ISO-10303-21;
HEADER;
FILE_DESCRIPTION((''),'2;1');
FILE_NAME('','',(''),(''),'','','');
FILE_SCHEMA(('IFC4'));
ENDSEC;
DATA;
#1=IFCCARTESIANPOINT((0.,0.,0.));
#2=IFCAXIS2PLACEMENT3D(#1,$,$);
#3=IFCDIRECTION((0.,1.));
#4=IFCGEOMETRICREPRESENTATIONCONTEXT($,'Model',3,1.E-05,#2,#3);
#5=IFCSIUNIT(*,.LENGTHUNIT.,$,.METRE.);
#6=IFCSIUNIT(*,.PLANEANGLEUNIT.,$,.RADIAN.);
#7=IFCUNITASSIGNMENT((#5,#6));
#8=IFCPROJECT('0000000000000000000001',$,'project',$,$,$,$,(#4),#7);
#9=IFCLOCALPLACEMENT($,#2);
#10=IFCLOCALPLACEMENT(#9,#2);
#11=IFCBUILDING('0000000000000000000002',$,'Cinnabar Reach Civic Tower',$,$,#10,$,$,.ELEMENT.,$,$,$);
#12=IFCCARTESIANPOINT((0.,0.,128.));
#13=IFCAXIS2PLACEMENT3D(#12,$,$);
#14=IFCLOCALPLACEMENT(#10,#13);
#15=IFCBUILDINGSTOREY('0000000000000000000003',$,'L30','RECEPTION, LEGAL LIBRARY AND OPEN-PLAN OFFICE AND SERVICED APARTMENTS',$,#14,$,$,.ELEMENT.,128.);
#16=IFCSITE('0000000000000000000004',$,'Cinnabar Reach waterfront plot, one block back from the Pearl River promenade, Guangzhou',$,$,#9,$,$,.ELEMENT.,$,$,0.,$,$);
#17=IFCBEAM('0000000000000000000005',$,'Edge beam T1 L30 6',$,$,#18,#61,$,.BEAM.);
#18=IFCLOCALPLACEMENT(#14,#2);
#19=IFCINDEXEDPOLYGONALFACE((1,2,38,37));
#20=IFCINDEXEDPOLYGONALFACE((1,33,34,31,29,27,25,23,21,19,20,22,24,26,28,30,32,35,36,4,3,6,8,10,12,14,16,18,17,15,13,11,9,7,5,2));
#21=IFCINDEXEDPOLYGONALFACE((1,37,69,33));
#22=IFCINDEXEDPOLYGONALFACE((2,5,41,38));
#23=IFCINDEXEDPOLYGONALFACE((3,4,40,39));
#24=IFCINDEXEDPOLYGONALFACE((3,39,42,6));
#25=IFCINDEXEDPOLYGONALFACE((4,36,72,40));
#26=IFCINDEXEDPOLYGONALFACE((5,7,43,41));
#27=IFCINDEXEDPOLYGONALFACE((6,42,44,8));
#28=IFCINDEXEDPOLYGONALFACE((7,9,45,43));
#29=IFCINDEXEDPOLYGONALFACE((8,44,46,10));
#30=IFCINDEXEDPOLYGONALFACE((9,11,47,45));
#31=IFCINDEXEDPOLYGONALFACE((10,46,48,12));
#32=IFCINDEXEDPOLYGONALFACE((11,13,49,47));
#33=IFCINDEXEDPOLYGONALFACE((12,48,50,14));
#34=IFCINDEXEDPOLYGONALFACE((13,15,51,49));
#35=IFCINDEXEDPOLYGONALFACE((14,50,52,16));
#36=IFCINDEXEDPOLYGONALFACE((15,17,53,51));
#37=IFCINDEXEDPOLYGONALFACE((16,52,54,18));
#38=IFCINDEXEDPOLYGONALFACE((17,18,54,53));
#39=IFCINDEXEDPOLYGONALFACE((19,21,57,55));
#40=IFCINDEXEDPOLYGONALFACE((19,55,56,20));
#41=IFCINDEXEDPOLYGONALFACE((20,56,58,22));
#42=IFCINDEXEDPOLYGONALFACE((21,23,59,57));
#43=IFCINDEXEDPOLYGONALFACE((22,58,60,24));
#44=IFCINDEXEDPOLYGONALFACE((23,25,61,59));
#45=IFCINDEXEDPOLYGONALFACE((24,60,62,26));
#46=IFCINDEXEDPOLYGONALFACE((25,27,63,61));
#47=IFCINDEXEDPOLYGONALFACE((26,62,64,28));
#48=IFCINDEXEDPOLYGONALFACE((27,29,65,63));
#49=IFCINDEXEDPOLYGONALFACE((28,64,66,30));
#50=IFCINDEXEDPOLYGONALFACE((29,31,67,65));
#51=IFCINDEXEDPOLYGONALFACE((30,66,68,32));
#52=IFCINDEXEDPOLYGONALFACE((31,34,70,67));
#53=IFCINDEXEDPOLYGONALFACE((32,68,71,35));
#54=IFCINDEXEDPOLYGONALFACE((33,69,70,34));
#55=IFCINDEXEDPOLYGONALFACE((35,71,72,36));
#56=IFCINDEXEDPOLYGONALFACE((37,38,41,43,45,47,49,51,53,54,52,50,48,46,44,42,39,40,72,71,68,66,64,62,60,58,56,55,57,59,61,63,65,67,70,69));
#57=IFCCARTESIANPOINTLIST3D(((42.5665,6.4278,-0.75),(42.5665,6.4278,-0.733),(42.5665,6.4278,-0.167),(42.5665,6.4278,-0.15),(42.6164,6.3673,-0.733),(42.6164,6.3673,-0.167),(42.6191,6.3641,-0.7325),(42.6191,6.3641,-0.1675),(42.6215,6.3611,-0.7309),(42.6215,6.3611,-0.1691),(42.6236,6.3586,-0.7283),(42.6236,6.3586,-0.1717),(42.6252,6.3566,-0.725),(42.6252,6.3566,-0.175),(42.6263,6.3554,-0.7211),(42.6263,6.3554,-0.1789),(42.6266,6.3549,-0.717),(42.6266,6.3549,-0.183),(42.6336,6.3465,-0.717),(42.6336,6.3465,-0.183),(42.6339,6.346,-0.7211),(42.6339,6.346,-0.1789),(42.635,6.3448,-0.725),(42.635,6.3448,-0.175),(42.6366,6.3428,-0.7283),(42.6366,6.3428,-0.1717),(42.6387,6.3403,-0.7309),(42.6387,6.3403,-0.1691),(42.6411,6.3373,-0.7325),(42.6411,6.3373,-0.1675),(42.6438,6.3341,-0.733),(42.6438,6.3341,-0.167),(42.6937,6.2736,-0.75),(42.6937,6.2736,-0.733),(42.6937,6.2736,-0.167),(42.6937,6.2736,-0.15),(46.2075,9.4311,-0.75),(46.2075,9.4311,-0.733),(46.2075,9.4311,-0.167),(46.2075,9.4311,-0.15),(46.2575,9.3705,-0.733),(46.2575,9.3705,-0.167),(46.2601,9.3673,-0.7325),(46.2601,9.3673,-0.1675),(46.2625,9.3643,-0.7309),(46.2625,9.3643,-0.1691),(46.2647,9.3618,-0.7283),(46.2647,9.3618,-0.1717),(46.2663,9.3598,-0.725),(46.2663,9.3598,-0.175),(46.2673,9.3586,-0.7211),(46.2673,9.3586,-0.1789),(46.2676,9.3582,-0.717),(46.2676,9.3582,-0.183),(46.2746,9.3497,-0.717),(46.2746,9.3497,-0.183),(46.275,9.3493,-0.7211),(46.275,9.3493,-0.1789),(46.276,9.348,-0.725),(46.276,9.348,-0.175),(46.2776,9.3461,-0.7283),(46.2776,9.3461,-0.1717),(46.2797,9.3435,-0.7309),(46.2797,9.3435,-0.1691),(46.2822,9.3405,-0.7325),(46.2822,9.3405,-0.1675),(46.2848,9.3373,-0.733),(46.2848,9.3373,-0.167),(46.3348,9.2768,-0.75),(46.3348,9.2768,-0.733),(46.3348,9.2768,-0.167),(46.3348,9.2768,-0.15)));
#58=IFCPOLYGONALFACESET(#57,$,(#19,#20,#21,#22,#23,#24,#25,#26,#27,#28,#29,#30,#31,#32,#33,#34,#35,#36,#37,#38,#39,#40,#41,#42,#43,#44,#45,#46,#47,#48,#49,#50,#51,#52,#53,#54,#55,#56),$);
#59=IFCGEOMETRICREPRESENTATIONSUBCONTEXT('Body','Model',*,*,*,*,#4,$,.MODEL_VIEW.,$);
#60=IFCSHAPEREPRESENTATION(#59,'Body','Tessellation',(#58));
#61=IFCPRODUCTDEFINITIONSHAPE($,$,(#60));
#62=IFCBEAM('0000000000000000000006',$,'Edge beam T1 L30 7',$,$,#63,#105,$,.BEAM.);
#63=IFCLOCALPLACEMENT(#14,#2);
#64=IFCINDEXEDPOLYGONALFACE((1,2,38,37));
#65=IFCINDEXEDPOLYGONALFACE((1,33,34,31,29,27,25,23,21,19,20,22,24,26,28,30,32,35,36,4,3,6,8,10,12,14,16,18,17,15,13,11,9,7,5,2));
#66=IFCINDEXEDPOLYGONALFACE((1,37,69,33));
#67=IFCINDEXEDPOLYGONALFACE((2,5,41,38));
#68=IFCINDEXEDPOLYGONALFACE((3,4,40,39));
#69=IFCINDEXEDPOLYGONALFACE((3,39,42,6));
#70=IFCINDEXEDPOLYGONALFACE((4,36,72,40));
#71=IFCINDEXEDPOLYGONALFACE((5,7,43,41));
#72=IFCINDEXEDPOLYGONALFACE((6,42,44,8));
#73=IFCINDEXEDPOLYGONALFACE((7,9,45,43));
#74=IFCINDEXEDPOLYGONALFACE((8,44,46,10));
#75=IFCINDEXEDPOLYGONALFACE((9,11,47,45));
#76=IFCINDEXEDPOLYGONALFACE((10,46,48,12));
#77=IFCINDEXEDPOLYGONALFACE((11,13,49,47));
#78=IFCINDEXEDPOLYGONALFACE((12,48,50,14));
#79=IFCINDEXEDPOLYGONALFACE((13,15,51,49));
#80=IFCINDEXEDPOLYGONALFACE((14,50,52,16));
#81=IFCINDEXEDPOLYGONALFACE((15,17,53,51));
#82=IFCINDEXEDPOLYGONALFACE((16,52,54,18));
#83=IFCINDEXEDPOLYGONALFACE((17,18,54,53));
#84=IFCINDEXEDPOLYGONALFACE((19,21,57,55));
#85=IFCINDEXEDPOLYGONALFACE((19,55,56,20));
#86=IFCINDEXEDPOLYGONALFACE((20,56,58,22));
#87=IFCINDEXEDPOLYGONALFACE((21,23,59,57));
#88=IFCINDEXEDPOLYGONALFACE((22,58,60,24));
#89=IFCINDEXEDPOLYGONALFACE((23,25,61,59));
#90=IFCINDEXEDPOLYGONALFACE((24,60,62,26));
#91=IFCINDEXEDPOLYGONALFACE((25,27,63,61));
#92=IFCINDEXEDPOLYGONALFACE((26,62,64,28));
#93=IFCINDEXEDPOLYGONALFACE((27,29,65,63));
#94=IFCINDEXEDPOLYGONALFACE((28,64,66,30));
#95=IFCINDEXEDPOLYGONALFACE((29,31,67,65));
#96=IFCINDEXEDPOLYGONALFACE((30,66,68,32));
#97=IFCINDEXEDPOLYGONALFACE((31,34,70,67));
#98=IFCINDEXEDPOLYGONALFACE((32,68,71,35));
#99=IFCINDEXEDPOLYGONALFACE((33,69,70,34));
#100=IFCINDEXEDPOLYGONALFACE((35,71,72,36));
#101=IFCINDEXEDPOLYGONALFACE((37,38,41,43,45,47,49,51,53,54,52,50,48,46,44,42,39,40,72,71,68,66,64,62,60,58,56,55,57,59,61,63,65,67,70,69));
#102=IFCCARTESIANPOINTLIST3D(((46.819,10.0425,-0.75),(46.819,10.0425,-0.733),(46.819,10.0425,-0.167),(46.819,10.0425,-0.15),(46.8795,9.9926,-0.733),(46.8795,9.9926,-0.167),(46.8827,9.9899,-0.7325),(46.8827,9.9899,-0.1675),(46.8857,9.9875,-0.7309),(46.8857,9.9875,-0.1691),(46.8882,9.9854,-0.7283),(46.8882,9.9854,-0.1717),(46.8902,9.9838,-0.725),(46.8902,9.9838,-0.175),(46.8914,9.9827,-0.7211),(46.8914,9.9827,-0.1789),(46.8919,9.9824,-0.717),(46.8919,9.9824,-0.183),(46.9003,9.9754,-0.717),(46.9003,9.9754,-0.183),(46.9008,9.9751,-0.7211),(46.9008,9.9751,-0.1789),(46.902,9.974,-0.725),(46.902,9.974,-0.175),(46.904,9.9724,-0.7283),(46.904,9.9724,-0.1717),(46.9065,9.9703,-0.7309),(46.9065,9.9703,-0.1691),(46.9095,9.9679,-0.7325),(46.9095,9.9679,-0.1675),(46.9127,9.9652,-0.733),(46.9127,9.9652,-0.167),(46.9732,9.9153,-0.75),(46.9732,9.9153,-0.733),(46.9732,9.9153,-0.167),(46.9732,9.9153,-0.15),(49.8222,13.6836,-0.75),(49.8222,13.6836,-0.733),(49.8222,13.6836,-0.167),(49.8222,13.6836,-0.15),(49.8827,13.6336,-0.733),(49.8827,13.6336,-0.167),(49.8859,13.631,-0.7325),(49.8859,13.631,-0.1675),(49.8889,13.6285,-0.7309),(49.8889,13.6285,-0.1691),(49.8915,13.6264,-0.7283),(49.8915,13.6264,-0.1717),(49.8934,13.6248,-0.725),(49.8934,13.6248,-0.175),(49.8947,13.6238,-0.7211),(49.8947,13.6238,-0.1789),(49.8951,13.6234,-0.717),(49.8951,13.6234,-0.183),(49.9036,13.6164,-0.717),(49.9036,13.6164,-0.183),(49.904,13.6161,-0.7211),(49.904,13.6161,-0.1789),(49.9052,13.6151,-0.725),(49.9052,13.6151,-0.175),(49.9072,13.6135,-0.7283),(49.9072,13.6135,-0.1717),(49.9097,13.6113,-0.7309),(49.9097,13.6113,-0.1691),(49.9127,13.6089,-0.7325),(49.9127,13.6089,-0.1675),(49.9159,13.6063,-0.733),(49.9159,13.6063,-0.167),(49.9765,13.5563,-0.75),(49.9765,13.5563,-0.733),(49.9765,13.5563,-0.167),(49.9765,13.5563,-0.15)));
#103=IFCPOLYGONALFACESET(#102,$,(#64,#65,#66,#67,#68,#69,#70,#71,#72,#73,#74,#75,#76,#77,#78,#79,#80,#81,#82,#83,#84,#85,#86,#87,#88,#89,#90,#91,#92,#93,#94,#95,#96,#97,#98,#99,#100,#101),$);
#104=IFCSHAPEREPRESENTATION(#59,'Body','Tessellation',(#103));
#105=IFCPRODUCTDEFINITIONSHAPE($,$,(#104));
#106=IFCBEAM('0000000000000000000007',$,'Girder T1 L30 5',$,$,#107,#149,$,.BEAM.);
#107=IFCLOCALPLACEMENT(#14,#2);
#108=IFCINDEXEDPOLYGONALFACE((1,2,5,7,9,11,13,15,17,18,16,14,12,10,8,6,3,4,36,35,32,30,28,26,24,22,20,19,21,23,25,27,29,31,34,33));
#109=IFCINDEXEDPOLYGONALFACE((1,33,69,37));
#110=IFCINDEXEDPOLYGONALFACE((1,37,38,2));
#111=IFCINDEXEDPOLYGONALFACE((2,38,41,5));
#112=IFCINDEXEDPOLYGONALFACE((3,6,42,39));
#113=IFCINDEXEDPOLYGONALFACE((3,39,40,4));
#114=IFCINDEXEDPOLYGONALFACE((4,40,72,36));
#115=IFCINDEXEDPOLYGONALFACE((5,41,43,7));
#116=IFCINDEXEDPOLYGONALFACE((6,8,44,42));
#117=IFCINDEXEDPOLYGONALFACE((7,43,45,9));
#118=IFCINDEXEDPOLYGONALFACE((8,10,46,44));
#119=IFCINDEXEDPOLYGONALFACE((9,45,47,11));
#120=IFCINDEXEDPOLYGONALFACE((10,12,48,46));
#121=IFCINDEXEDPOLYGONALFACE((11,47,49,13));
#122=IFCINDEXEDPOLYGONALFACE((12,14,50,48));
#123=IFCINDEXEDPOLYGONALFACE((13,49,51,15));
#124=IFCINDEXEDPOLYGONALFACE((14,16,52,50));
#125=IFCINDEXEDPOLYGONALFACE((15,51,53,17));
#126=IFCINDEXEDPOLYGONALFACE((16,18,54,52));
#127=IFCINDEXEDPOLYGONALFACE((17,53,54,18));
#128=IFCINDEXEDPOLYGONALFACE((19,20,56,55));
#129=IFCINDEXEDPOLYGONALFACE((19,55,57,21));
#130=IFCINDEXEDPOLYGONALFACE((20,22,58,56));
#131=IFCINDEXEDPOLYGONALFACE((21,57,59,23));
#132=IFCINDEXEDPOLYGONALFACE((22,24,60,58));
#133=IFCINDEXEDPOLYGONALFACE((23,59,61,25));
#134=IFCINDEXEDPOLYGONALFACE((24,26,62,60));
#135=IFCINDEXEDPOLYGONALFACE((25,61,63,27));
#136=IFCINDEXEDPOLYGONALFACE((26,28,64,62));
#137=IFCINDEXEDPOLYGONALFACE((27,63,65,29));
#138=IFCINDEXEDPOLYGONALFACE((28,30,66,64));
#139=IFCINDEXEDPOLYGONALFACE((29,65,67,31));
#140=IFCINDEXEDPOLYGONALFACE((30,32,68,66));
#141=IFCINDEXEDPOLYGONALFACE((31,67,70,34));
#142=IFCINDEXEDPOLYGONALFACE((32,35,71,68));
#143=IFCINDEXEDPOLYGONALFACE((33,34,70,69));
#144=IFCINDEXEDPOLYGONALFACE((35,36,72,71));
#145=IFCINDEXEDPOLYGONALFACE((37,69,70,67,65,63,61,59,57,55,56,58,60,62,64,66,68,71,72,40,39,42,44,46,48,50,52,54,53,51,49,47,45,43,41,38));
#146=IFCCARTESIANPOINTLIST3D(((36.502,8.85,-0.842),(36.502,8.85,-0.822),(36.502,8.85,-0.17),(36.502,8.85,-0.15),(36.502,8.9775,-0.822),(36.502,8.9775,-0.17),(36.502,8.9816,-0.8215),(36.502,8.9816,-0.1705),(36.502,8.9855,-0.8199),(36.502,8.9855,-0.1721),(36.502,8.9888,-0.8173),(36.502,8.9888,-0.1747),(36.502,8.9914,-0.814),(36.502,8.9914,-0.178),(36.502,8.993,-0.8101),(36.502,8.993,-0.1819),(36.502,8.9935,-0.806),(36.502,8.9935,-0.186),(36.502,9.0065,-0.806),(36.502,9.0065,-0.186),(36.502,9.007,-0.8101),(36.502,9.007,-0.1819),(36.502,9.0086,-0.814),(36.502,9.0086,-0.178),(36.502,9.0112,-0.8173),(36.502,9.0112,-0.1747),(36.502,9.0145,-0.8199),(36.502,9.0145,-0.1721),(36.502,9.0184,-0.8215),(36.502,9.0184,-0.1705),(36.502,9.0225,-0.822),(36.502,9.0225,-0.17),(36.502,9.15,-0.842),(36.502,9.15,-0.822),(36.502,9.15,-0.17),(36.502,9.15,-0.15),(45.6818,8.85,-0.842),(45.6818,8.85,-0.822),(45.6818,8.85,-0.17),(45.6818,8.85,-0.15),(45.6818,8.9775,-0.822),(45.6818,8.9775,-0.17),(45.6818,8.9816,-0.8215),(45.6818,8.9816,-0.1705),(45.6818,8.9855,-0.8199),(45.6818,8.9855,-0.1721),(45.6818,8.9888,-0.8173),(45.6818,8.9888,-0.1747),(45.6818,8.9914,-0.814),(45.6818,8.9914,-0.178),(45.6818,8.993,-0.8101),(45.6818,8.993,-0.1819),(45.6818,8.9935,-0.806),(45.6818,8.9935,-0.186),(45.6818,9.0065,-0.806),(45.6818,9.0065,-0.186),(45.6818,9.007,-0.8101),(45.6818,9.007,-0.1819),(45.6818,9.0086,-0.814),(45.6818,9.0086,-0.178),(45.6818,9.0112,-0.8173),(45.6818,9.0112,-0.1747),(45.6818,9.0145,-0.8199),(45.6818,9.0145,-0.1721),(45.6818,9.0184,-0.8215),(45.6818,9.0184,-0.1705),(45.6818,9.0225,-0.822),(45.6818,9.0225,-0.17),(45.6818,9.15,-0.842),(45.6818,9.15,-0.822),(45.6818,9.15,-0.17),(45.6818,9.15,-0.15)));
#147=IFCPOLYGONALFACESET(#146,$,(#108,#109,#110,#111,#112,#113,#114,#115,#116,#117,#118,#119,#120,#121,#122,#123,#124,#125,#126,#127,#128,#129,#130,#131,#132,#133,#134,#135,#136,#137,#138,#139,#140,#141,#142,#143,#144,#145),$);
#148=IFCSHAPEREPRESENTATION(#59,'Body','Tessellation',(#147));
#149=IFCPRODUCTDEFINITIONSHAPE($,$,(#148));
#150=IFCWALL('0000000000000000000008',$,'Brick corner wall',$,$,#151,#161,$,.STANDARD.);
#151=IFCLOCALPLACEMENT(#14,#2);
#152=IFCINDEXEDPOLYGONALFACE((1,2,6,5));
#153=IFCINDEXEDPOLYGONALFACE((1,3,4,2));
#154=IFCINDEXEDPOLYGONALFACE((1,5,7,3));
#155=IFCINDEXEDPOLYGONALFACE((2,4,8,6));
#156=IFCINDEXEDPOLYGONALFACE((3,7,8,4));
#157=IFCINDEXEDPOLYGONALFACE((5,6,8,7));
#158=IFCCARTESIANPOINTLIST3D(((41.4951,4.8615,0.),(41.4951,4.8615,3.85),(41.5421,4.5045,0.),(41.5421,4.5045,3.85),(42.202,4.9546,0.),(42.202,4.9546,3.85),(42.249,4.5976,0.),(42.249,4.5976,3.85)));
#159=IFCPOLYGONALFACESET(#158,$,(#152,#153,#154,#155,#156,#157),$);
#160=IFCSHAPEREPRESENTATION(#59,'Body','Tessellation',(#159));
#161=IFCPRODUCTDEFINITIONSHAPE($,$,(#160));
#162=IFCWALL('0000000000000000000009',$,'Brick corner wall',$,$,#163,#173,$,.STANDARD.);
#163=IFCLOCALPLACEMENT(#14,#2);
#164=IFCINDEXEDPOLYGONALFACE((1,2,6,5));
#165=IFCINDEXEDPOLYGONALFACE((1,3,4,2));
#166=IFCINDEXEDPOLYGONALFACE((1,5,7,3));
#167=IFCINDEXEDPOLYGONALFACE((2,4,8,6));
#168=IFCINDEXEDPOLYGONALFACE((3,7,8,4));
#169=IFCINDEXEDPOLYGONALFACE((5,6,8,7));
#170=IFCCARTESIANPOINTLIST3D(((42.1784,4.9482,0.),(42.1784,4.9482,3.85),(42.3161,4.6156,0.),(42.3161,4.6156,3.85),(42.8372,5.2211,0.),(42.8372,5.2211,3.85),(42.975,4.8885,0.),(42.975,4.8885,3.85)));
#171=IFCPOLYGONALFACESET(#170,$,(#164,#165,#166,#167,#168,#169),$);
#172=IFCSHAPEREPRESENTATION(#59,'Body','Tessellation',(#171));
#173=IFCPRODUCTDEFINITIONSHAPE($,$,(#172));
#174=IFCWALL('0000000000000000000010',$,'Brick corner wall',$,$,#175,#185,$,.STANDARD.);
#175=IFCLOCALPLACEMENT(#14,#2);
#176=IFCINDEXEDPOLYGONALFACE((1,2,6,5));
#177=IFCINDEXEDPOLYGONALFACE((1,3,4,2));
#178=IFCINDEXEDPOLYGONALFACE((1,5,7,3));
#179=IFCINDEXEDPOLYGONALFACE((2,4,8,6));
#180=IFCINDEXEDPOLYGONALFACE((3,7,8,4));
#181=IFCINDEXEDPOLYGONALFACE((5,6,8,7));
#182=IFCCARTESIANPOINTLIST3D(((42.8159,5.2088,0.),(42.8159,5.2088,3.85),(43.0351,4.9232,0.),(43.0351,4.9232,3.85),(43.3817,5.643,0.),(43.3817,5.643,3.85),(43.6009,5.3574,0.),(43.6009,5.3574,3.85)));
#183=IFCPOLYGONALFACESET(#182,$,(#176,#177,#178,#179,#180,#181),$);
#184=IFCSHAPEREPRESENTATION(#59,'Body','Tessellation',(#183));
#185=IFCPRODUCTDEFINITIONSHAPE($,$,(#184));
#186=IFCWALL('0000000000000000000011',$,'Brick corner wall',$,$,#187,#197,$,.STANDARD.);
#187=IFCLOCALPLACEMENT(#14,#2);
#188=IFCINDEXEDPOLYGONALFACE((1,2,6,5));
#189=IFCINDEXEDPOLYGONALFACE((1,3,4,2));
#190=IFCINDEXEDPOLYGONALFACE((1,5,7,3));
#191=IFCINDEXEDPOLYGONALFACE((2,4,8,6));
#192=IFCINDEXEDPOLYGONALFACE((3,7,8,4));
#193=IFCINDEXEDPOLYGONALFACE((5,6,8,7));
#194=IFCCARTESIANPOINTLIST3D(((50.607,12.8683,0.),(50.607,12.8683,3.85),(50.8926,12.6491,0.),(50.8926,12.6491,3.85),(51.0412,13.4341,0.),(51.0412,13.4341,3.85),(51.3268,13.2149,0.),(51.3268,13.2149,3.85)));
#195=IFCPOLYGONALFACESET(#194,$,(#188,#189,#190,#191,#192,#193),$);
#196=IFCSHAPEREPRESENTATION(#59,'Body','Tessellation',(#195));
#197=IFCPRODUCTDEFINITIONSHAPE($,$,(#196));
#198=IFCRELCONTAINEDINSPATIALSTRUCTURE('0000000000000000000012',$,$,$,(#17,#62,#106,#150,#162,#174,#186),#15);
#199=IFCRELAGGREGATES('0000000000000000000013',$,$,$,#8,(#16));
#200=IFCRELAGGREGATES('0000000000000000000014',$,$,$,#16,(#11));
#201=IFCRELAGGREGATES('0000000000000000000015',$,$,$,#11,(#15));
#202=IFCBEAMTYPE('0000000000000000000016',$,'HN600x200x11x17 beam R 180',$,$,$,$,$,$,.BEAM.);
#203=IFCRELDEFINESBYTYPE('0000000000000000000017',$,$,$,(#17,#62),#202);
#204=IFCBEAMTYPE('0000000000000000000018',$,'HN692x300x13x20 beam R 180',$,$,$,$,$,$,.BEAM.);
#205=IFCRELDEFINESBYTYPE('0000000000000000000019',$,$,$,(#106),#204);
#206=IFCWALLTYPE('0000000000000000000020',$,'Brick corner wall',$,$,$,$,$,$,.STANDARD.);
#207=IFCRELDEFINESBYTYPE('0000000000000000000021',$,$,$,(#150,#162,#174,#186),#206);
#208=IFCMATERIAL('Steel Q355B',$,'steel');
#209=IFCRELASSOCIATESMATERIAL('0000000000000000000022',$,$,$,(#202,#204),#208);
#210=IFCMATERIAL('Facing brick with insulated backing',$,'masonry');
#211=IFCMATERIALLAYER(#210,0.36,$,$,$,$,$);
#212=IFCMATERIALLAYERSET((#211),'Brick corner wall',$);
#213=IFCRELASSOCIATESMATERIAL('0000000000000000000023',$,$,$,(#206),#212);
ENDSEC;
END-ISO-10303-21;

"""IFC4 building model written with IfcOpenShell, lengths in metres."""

from ifc_helpers import new_model, si_unit, direction, frame, frame_2d, origin, origin_2d, place, context, subcontext, project, spatial, rectangle, i_section, extrude, material, layer, layer_set, material_profile, profile_set, type_object, element, save


model = new_model("IFC4")

# Units and contexts
model_context = context("Model", 3, precision=1e-05, world=origin(), true_north=direction((0.0, 1.0)))
body_context = subcontext(model_context, "Body", "Model", "MODEL_VIEW")
ifc_project = project(units=[si_unit("LENGTHUNIT", "METRE"), si_unit("PLANEANGLEUNIT", "RADIAN")], contexts=[model_context])

# Site, building, storey
site_placement = place(None, origin())
site = spatial("IfcSite", under=ifc_project, at=site_placement, Name="Cinnabar Reach waterfront plot, one block back from the Pearl River promenade, Guangzhou", CompositionType="ELEMENT", RefElevation=0.0)
building_placement = place(site_placement, origin())
building = spatial("IfcBuilding", under=site, at=building_placement, Name="Cinnabar Reach Civic Tower", CompositionType="ELEMENT")
storey_placement = place(building_placement, frame((0.0, 0.0, 128.0)))
storey = spatial("IfcBuildingStorey", under=building, at=storey_placement, Name="L30", Description="RECEPTION, LEGAL LIBRARY AND OPEN-PLAN OFFICE AND SERVICED APARTMENTS", CompositionType="ELEMENT", Elevation=128.0)

# Beams
ifc_material_1 = material(Name="Steel Q355B", Category="steel")
ifc_material_profile_1 = material_profile(ifc_material_1, i_section(OverallWidth=0.2, OverallDepth=0.6, WebThickness=0.011, FlangeThickness=0.017, FilletRadius=0.016, at=origin_2d()), Name="HN600x200x11x17")
ifc_profile_set_1 = profile_set([ifc_material_profile_1], Name="Steel Q355B")
beam_type_1 = type_object("IfcBeamType", Name="HN600x200x11x17 beam R 180", PredefinedType="BEAM", material=ifc_profile_set_1)
for number, where, z_axis, x_axis, name in (
    (1, (42.6301, 6.3507, -0.45), (0.771438, 0.636304, 0.0), (-0.636304, 0.771438, 0.0), "Edge beam T1 L30 6"),
    (2, (46.8961, 9.9789, -0.45), (0.636304, 0.771438, 0.0), (-0.771438, 0.636304, 0.0), "Edge beam T1 L30 7"),
):
    element("IfcBeam", number, at=place(storey_placement, frame(where, z_axis=z_axis, x_axis=x_axis)), inside=storey, type_object=beam_type_1, Name=name, PredefinedType="BEAM", context=body_context, shape_type="SweptSolid", body=[
        extrude(i_section(OverallWidth=0.2, OverallDepth=0.6, WebThickness=0.011, FlangeThickness=0.017, FilletRadius=0.016, at=origin_2d()), origin(), (0.0, 0.0, 1.0), 4.7198),
    ])
ifc_material_profile_2 = material_profile(ifc_material_1, i_section(OverallWidth=0.3, OverallDepth=0.692, WebThickness=0.013, FlangeThickness=0.02, FilletRadius=0.016, at=origin_2d()), Name="HN692x300x13x20")
ifc_profile_set_2 = profile_set([ifc_material_profile_2], Name="Steel Q355B")
beam_type_2 = type_object("IfcBeamType", Name="HN692x300x13x20 beam R 180", PredefinedType="BEAM", material=ifc_profile_set_2)
beam_1_placement = place(storey_placement, frame((36.502, 9.0, -0.496), z_axis=(1.0, 0.0, 0.0), x_axis=(0.0, 1.0, 0.0)))
element("IfcBeam", 3, at=beam_1_placement, inside=storey, type_object=beam_type_2, Name="Girder T1 L30 5", PredefinedType="BEAM", context=body_context, shape_type="SweptSolid", body=[
    extrude(i_section(OverallWidth=0.3, OverallDepth=0.692, WebThickness=0.013, FlangeThickness=0.02, FilletRadius=0.016, at=origin_2d()), origin(), (0.0, 0.0, 1.0), 9.1798),
])

# Walls
ifc_material_2 = material(Name="Facing brick with insulated backing", Category="masonry")
ifc_layer_1 = layer(ifc_material_2, 0.36)
ifc_layer_set_1 = layer_set([ifc_layer_1], Name="Brick corner wall")
wall_type_1 = type_object("IfcWallType", Name="Brick corner wall", PredefinedType="STANDARD", material=ifc_layer_set_1)
for number, where, z_axis, x_axis, name in (
    (4, (41.5186, 4.683, 0.0), (0.0, 0.0, 1.0), (0.991441, 0.130556, 0.0), "Brick corner wall"),
    (5, (42.2473, 4.7819, 0.0), (0.0, 0.0, 1.0), (0.923872, 0.382703, 0.0), "Brick corner wall"),
):
    element("IfcWall", number, at=place(storey_placement, frame(where, z_axis=z_axis, x_axis=x_axis)), inside=storey, type_object=wall_type_1, Name=name, PredefinedType="STANDARD", context=body_context, shape_type="SweptSolid", body=[
        extrude(rectangle(XDim=0.7131, YDim=0.36, at=frame_2d((0.3565, 0.0))), origin(), (0.0, 0.0, 1.0), 3.85),
    ])
for number, where, z_axis, x_axis, name in (
    (6, (42.9255, 5.066, 0.0), (0.0, 0.0, 1.0), (0.793322, 0.608802, 0.0), "Brick corner wall"),
    (7, (50.7498, 12.7587, 0.0), (0.0, 0.0, 1.0), (0.608802, 0.793322, 0.0), "Brick corner wall"),
):
    element("IfcWall", number, at=place(storey_placement, frame(where, z_axis=z_axis, x_axis=x_axis)), inside=storey, type_object=wall_type_1, Name=name, PredefinedType="STANDARD", context=body_context, shape_type="SweptSolid", body=[
        extrude(rectangle(XDim=0.7132, YDim=0.36, at=frame_2d((0.3566, 0.0))), origin(), (0.0, 0.0, 1.0), 3.85),
    ])

save(model, "model.ifc")
